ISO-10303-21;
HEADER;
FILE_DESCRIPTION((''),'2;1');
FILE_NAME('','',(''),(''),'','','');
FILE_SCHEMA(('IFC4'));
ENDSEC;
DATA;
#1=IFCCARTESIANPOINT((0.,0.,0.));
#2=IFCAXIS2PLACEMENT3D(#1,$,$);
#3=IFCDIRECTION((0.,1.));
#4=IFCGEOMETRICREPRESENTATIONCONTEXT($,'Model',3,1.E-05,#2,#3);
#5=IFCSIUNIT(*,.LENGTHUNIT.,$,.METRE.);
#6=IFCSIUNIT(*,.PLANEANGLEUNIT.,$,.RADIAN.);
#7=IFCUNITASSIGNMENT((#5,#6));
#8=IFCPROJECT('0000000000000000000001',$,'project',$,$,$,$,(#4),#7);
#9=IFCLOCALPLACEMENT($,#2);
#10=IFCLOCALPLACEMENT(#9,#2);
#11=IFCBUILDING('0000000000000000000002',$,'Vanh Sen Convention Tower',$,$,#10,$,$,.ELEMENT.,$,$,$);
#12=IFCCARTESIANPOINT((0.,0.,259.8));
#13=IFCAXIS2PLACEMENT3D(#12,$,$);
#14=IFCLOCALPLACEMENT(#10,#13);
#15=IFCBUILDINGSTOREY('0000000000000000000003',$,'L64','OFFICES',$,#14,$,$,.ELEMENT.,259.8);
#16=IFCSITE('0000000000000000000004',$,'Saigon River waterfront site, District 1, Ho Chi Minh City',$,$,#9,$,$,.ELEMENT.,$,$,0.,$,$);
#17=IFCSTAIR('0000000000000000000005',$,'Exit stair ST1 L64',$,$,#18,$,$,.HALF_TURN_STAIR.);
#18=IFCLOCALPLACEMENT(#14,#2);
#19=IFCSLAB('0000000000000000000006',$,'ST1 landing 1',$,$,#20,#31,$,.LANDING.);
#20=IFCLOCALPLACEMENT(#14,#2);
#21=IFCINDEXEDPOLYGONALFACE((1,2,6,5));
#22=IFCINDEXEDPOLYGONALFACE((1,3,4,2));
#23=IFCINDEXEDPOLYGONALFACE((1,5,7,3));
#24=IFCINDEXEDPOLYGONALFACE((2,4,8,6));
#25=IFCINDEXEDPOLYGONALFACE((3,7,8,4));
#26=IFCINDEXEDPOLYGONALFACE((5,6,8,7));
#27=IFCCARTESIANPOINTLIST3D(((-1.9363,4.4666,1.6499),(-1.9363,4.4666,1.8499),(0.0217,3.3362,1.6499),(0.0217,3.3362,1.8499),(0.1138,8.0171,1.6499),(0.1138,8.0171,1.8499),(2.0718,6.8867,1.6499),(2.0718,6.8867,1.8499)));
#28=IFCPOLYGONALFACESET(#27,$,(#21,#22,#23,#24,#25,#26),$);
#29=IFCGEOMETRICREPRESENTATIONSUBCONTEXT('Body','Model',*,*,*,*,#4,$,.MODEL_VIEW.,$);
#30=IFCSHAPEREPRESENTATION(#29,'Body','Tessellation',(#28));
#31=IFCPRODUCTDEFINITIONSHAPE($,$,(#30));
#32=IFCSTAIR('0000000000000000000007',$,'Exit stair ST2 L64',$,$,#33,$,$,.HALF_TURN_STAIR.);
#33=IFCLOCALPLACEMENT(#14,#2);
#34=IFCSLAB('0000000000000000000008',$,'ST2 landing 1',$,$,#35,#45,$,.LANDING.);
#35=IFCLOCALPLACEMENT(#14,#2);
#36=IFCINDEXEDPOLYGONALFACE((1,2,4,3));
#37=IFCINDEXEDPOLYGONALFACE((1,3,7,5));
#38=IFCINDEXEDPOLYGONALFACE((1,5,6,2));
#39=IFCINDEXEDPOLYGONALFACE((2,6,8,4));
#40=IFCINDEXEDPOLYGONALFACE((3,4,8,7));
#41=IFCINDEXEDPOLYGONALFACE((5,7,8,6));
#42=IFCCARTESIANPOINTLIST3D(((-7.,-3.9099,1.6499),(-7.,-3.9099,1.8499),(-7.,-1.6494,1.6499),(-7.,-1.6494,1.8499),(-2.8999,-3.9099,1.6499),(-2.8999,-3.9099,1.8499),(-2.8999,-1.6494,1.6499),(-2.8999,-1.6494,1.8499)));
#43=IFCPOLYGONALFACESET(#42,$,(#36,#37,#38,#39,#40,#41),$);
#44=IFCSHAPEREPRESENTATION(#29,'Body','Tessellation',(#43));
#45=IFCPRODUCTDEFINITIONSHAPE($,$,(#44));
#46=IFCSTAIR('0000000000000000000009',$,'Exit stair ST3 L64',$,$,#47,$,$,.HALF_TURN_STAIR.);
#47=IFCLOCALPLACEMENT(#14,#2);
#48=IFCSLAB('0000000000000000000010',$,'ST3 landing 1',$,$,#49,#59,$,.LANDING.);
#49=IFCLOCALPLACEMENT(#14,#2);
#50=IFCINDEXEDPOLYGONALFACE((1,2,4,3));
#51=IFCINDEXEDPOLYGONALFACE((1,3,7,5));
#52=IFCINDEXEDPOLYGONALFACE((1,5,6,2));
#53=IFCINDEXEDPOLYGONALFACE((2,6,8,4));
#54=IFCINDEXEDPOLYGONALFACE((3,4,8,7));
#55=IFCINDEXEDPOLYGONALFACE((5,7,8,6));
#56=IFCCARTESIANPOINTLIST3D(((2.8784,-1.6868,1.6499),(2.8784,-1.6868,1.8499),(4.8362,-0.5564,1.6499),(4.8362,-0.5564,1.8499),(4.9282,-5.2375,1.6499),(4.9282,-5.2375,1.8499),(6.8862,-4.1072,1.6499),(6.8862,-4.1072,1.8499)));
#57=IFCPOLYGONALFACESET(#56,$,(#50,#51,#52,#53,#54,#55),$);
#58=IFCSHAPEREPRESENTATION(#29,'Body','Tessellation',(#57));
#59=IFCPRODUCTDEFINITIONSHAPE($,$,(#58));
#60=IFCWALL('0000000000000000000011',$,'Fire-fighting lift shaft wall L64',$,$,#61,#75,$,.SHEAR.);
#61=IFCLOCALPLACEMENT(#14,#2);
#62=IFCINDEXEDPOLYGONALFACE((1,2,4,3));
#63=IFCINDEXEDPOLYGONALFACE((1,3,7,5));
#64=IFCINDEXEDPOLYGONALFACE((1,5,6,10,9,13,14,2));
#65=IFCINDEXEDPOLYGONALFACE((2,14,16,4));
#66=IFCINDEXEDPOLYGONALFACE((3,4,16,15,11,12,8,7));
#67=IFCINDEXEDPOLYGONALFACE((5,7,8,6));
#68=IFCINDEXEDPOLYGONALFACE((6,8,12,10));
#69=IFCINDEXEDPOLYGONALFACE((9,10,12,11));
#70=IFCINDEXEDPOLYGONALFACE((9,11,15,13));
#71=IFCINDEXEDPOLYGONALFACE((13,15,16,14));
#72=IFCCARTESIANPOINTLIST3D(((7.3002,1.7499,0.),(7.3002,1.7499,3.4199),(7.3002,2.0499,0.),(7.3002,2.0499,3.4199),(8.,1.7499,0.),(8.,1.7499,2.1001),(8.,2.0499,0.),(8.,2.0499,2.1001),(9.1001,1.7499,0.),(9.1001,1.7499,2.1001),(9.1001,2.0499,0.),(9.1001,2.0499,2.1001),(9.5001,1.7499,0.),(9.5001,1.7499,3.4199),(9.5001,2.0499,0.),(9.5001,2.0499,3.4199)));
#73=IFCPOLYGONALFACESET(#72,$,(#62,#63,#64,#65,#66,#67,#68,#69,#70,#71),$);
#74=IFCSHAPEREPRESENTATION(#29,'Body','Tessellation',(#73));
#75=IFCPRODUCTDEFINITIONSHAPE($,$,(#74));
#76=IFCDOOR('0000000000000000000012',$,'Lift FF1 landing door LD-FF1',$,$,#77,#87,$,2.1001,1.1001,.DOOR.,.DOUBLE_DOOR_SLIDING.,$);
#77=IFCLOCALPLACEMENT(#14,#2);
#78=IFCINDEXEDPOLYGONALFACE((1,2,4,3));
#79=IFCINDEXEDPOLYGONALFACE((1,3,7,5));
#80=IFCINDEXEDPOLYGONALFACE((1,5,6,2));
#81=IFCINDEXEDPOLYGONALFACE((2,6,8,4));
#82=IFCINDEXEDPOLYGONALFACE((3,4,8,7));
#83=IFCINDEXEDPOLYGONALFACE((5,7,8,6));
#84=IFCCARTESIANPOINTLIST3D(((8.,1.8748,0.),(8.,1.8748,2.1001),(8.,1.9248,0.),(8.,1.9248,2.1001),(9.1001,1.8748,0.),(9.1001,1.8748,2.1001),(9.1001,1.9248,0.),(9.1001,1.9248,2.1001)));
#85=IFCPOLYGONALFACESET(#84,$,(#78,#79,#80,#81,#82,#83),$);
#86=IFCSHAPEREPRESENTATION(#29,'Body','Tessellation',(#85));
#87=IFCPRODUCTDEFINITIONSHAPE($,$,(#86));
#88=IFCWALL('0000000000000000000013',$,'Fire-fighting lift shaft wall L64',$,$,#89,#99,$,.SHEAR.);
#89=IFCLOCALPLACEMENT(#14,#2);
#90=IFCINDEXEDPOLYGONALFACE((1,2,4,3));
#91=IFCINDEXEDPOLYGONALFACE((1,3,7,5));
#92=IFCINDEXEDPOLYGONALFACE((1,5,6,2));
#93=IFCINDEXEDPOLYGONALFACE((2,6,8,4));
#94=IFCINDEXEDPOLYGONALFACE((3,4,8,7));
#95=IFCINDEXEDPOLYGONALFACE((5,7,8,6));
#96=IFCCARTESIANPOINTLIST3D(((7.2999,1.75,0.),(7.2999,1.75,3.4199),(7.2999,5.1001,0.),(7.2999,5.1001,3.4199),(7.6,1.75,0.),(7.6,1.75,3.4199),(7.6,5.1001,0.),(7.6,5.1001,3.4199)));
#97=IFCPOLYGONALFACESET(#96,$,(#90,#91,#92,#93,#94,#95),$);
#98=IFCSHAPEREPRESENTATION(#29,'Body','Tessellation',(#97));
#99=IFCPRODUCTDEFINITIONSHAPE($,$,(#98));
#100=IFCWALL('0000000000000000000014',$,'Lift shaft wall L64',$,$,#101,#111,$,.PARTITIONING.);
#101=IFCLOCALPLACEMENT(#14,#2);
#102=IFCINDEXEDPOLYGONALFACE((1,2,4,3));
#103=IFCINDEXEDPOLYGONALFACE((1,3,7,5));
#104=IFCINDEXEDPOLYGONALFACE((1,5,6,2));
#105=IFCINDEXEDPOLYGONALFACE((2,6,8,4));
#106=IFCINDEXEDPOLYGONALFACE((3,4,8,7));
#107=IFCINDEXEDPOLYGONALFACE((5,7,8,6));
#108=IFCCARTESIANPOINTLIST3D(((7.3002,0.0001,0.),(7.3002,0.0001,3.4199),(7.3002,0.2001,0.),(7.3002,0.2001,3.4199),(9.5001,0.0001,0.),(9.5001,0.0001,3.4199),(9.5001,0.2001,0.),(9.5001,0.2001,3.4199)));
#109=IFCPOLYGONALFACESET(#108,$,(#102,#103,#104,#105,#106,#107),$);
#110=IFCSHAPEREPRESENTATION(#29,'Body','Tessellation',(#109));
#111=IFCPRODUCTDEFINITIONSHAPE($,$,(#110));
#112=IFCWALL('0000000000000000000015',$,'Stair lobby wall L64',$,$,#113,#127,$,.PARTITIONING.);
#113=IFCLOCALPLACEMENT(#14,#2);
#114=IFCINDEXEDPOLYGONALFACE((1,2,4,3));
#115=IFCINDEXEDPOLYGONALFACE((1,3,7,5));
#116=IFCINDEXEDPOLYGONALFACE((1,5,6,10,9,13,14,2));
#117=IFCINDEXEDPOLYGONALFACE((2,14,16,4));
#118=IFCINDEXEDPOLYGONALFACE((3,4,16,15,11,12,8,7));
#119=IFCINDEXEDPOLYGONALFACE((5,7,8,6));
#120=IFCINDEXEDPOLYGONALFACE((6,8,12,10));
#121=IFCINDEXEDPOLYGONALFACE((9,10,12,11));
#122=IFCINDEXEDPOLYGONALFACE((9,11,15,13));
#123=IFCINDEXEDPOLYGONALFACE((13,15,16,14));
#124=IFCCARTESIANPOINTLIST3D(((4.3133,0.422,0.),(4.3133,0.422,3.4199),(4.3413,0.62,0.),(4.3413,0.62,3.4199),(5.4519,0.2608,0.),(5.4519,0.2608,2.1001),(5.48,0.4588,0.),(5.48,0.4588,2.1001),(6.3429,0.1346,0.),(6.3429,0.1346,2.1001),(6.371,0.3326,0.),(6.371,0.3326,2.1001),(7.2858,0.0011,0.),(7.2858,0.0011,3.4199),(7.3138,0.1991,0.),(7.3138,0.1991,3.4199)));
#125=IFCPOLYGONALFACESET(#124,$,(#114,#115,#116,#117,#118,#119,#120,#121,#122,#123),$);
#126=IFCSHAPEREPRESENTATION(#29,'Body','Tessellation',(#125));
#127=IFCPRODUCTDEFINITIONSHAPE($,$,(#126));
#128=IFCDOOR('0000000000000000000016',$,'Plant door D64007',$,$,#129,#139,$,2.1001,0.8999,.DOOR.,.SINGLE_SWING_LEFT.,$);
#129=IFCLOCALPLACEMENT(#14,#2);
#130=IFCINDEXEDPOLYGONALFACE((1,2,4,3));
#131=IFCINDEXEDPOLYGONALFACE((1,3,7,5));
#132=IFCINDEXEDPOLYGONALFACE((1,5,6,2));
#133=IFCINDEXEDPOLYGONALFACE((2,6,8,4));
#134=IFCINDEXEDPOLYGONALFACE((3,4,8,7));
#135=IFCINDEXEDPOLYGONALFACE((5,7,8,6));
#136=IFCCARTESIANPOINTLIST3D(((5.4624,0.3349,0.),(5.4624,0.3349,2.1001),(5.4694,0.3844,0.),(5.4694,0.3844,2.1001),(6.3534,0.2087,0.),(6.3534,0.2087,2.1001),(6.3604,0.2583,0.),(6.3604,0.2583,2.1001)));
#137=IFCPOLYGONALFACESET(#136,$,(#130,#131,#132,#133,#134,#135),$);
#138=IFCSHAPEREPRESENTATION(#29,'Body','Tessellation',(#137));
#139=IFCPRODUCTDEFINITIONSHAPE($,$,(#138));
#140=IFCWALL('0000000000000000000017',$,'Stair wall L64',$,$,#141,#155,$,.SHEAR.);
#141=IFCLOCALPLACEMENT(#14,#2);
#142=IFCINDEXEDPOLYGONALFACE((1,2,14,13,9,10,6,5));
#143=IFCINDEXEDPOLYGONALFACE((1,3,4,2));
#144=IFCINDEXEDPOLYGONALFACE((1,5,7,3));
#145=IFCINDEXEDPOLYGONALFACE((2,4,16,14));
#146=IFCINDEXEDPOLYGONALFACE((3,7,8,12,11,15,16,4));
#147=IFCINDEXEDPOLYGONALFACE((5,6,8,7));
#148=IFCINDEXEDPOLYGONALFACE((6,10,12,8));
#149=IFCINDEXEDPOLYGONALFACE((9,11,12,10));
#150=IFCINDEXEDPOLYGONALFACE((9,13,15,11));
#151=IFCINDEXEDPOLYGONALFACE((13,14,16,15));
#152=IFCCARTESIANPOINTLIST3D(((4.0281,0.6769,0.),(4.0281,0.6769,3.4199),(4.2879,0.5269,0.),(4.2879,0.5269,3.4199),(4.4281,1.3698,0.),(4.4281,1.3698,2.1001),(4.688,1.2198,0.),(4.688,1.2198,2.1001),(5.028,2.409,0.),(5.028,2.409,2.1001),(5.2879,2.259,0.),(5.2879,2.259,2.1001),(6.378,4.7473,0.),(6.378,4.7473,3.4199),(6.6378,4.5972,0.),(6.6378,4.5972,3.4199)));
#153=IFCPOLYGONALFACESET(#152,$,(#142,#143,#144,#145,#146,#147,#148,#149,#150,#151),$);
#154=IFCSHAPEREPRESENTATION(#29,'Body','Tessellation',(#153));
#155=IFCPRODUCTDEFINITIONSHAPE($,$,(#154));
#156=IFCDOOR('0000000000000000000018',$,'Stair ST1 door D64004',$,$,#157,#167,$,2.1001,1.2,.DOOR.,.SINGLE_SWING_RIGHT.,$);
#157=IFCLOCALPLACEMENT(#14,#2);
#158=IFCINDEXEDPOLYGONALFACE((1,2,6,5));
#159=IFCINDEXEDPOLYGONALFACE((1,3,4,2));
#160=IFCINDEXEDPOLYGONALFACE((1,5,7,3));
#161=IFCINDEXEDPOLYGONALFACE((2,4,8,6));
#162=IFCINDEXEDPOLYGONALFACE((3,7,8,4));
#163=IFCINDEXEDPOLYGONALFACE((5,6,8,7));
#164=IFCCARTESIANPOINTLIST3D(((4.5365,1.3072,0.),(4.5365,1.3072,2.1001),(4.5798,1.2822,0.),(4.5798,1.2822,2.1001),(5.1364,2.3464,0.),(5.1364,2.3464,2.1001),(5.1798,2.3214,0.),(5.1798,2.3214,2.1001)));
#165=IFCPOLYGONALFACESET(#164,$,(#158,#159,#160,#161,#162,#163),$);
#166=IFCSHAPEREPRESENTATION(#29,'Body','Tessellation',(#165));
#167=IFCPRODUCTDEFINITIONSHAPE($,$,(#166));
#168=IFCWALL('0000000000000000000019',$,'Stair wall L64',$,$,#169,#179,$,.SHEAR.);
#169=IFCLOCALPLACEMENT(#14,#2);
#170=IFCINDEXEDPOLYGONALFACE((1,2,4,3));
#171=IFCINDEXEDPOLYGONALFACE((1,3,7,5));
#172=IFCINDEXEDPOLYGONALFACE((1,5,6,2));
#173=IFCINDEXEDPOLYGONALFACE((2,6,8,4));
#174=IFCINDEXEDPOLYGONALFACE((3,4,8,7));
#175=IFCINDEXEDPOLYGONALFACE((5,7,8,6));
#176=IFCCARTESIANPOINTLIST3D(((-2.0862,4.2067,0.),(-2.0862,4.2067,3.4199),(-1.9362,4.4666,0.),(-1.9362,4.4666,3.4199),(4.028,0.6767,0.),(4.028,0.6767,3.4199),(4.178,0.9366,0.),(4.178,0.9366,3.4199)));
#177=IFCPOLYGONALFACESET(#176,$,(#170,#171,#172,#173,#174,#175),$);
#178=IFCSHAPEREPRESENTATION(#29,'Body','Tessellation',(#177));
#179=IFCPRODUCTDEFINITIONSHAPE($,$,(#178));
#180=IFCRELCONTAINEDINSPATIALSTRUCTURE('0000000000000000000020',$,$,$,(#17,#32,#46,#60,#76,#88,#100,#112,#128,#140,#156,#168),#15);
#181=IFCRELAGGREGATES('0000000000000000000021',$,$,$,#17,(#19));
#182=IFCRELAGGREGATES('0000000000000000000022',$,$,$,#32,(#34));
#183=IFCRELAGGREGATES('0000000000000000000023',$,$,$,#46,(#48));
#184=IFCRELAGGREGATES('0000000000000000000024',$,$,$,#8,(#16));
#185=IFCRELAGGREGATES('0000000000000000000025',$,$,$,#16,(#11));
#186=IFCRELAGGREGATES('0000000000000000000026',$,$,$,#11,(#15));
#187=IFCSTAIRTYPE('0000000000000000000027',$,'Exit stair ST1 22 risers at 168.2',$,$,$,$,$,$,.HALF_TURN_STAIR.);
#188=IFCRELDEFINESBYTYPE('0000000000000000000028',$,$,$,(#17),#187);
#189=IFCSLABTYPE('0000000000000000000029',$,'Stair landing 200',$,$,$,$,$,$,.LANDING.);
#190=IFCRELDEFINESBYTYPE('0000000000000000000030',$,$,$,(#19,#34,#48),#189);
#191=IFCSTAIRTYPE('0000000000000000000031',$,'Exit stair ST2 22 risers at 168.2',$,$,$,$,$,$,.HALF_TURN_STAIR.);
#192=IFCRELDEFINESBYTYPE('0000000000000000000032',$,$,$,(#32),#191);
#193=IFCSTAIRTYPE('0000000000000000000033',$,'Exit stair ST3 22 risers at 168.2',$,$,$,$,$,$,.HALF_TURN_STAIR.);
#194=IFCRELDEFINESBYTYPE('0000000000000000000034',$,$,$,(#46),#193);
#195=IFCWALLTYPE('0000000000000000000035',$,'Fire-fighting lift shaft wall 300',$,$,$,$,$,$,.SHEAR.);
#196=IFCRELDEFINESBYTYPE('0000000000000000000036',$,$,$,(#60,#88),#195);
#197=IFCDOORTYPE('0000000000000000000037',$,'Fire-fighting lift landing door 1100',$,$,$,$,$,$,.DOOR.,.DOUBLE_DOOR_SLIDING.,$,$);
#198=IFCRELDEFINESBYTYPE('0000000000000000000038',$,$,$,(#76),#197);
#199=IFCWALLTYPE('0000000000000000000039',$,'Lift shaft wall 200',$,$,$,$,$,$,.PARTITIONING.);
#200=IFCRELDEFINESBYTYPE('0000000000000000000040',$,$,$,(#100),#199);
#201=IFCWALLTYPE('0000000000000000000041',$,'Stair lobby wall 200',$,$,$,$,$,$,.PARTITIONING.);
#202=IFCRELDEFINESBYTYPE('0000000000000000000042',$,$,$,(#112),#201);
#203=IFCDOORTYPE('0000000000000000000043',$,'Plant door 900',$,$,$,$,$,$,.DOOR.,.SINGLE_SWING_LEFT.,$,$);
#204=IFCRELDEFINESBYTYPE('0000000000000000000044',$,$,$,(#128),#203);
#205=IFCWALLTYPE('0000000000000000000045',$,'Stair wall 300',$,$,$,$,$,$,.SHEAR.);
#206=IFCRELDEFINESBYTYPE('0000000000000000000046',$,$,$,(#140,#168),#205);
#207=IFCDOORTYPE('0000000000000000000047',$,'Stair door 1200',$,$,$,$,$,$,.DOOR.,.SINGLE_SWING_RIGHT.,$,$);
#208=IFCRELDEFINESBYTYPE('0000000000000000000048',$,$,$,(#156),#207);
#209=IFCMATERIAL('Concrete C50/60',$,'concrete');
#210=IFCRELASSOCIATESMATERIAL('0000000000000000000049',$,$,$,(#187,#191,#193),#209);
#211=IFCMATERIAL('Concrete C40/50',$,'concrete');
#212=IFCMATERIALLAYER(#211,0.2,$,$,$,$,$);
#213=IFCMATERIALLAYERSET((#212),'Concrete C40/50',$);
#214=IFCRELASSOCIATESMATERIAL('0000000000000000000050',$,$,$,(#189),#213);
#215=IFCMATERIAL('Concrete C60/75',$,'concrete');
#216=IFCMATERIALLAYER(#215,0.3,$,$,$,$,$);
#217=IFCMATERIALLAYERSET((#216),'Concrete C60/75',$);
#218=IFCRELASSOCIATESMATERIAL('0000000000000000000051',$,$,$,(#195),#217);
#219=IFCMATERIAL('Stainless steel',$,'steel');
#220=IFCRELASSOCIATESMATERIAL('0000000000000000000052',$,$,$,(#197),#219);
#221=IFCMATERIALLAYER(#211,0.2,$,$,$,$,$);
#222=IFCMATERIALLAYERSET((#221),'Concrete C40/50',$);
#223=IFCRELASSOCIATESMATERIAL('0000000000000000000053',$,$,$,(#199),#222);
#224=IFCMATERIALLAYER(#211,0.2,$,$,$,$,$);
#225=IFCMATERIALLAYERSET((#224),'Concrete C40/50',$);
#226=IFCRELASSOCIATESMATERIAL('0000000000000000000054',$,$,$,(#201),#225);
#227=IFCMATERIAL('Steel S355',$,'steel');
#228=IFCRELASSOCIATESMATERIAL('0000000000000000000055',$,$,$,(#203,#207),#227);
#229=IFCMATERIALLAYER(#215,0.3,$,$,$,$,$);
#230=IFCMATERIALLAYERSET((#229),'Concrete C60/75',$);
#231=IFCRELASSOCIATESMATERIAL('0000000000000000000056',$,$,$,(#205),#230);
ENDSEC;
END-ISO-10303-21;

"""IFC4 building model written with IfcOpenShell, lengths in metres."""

from ifc_helpers import new_model, si_unit, direction, frame, frame_2d, origin, place, context, subcontext, project, spatial, polyline, rectangle, outline, extrude, material, layer, layer_set, type_object, element, fill, aggregate, save


model = new_model("IFC4")

# Units and contexts
model_context = context("Model", 3, precision=1e-05, world=origin(), true_north=direction((0.0, 1.0)))
body_context = subcontext(model_context, "Body", "Model", "MODEL_VIEW")
ifc_project = project(units=[si_unit("LENGTHUNIT", "METRE"), si_unit("PLANEANGLEUNIT", "RADIAN")], contexts=[model_context])

# Site, building, storey
site_placement = place(None, origin())
site = spatial("IfcSite", under=ifc_project, at=site_placement, Name="Saigon River waterfront site, District 1, Ho Chi Minh City", CompositionType="ELEMENT", RefElevation=0.0)
building_placement = place(site_placement, origin())
building = spatial("IfcBuilding", under=site, at=building_placement, Name="Vanh Sen Convention Tower", CompositionType="ELEMENT")
storey_placement = place(building_placement, frame((0.0, 0.0, 259.8)))
storey = spatial("IfcBuildingStorey", under=building, at=storey_placement, Name="L64", Description="OFFICES", CompositionType="ELEMENT", Elevation=259.8)

# Stairs, slabs
ifc_material_1 = material(Name="Concrete C50/60", Category="concrete")
stair_type_1 = type_object("IfcStairType", Name="Exit stair ST1 22 risers at 168.2", PredefinedType="HALF_TURN_STAIR", material=ifc_material_1)
stair_1_placement = place(storey_placement, origin())
stair_1 = element("IfcStair", 1, at=stair_1_placement, inside=storey, type_object=stair_type_1, Name="Exit stair ST1 L64", PredefinedType="HALF_TURN_STAIR")
ifc_material_2 = material(Name="Concrete C40/50", Category="concrete")
ifc_layer_1 = layer(ifc_material_2, 0.2)
ifc_layer_set_1 = layer_set([ifc_layer_1], Name="Concrete C40/50")
slab_type = type_object("IfcSlabType", Name="Stair landing 200", PredefinedType="LANDING", material=ifc_layer_set_1)
slab_1_placement = place(storey_placement, frame((0.0, 0.0, 1.6499)))
slab_1 = element("IfcSlab", 2, at=slab_1_placement, type_object=slab_type, Name="ST1 landing 1", PredefinedType="LANDING", context=body_context, shape_type="SweptSolid", body=[
    extrude(outline(polyline([(2.0718, 6.8867), (0.1138, 8.0171), (-1.9363, 4.4666), (0.0217, 3.3362), (2.0718, 6.8867)])), origin(), (0.0, 0.0, 1.0), 0.2),
])
aggregate(stair_1, [slab_1])
stair_type_2 = type_object("IfcStairType", Name="Exit stair ST2 22 risers at 168.2", PredefinedType="HALF_TURN_STAIR", material=ifc_material_1)
stair_2_placement = place(storey_placement, origin())
stair_2 = element("IfcStair", 3, at=stair_2_placement, inside=storey, type_object=stair_type_2, Name="Exit stair ST2 L64", PredefinedType="HALF_TURN_STAIR")
slab_2_placement = place(storey_placement, frame((0.0, 0.0, 1.6499)))
slab_2 = element("IfcSlab", 4, at=slab_2_placement, type_object=slab_type, Name="ST2 landing 1", PredefinedType="LANDING", context=body_context, shape_type="SweptSolid", body=[
    extrude(outline(polyline([(-7.0, -1.6494), (-7.0, -3.9099), (-2.8999, -3.9099), (-2.8999, -1.6494), (-7.0, -1.6494)])), origin(), (0.0, 0.0, 1.0), 0.2),
])
aggregate(stair_2, [slab_2])
stair_type_3 = type_object("IfcStairType", Name="Exit stair ST3 22 risers at 168.2", PredefinedType="HALF_TURN_STAIR", material=ifc_material_1)
stair_3_placement = place(storey_placement, origin())
stair_3 = element("IfcStair", 5, at=stair_3_placement, inside=storey, type_object=stair_type_3, Name="Exit stair ST3 L64", PredefinedType="HALF_TURN_STAIR")
slab_3_placement = place(storey_placement, frame((0.0, 0.0, 1.6499)))
slab_3 = element("IfcSlab", 6, at=slab_3_placement, type_object=slab_type, Name="ST3 landing 1", PredefinedType="LANDING", context=body_context, shape_type="SweptSolid", body=[
    extrude(outline(polyline([(4.9282, -5.2375), (6.8862, -4.1072), (4.8362, -0.5564), (2.8784, -1.6868), (4.9282, -5.2375)])), origin(), (0.0, 0.0, 1.0), 0.2),
])
aggregate(stair_3, [slab_3])

# Wall, opening, door
ifc_material_3 = material(Name="Concrete C60/75", Category="concrete")
ifc_layer_2 = layer(ifc_material_3, 0.3)
ifc_layer_set_2 = layer_set([ifc_layer_2], Name="Concrete C60/75")
wall_type_1 = type_object("IfcWallType", Name="Fire-fighting lift shaft wall 300", PredefinedType="SHEAR", material=ifc_layer_set_2)
wall_1_placement = place(storey_placement, frame((7.3, 1.8999, 0.0), z_axis=(0.0, 0.0, 1.0), x_axis=(1.0, 0.0, 0.0)))
wall_1 = element("IfcWall", 7, at=wall_1_placement, inside=storey, type_object=wall_type_1, Name="Fire-fighting lift shaft wall L64", PredefinedType="SHEAR", context=body_context, shape_type="SweptSolid", body=[
    extrude(rectangle(XDim=2.2, YDim=0.3, at=frame_2d((1.1001, 0.0))), origin(), (0.0, 0.0, 1.0), 3.4199),
])
opening_1_placement = place(wall_1_placement, frame((0.7, 0.0, 0.0)))
opening_1 = element("IfcOpeningElement", 8, at=opening_1_placement, cuts=wall_1, PredefinedType="OPENING", context=body_context, shape_type="SweptSolid", body=[
    extrude(rectangle(XDim=1.1001, YDim=2.1001, at=frame_2d((0.55, 1.05))), frame((0.0, 0.1599, 0.0), z_axis=(0.0, -1.0, 0.0), x_axis=(1.0, 0.0, 0.0)), (0.0, 0.0, 1.0), 0.3201),
])
ifc_material_4 = material(Name="Stainless steel", Category="steel")
door_type_1 = type_object("IfcDoorType", Name="Fire-fighting lift landing door 1100", OperationType="DOUBLE_DOOR_SLIDING", PredefinedType="DOOR", material=ifc_material_4)
door_1_placement = place(opening_1_placement, origin())
door_1 = element("IfcDoor", 9, at=door_1_placement, inside=storey, type_object=door_type_1, Name="Lift FF1 landing door LD-FF1", OperationType="DOUBLE_DOOR_SLIDING", OverallHeight=2.1001, OverallWidth=1.1001, PredefinedType="DOOR", context=body_context, shape_type="SweptSolid", body=[
    extrude(rectangle(XDim=1.1001, YDim=2.1001, at=frame_2d((0.55, 1.05))), frame((0.0, 0.0249, 0.0), z_axis=(0.0, -1.0, 0.0), x_axis=(1.0, 0.0, 0.0)), (0.0, 0.0, 1.0), 0.05),
])
fill(opening_1, door_1)

# Walls
wall_2_placement = place(storey_placement, frame((7.45, 1.75, 0.0), z_axis=(0.0, 0.0, 1.0), x_axis=(0.0, 1.0, 0.0)))
element("IfcWall", 10, at=wall_2_placement, inside=storey, type_object=wall_type_1, Name="Fire-fighting lift shaft wall L64", PredefinedType="SHEAR", context=body_context, shape_type="SweptSolid", body=[
    extrude(rectangle(XDim=3.3501, YDim=0.3, at=frame_2d((1.675, 0.0))), origin(), (0.0, 0.0, 1.0), 3.4199),
])
ifc_layer_3 = layer(ifc_material_2, 0.2)
ifc_layer_set_3 = layer_set([ifc_layer_3], Name="Concrete C40/50")
wall_type_2 = type_object("IfcWallType", Name="Lift shaft wall 200", PredefinedType="PARTITIONING", material=ifc_layer_set_3)
wall_3_placement = place(storey_placement, frame((7.3, 0.1001, 0.0), z_axis=(0.0, 0.0, 1.0), x_axis=(1.0, 0.0, 0.0)))
element("IfcWall", 11, at=wall_3_placement, inside=storey, type_object=wall_type_2, Name="Lift shaft wall L64", PredefinedType="PARTITIONING", context=body_context, shape_type="SweptSolid", body=[
    extrude(rectangle(XDim=2.2, YDim=0.2, at=frame_2d((1.1001, 0.0))), origin(), (0.0, 0.0, 1.0), 3.4199),
])

# Walls, openings, doors
ifc_layer_4 = layer(ifc_material_2, 0.2)
ifc_layer_set_4 = layer_set([ifc_layer_4], Name="Concrete C40/50")
wall_type_3 = type_object("IfcWallType", Name="Stair lobby wall 200", PredefinedType="PARTITIONING", material=ifc_layer_set_4)
wall_4_placement = place(storey_placement, frame((4.3274, 0.521, 0.0), z_axis=(0.0, 0.0, 1.0), x_axis=(0.990124, -0.140192, 0.0)))
wall_4 = element("IfcWall", 12, at=wall_4_placement, inside=storey, type_object=wall_type_3, Name="Stair lobby wall L64", PredefinedType="PARTITIONING", context=body_context, shape_type="SweptSolid", body=[
    extrude(rectangle(XDim=3.0022, YDim=0.2, at=frame_2d((1.501, 0.0))), origin(), (0.0, 0.0, 1.0), 3.4199),
])
opening_2_placement = place(wall_4_placement, frame((1.1499, 0.0, 0.0)))
opening_2 = element("IfcOpeningElement", 13, at=opening_2_placement, cuts=wall_4, PredefinedType="OPENING", context=body_context, shape_type="SweptSolid", body=[
    extrude(rectangle(XDim=0.8999, YDim=2.1001, at=frame_2d((0.45, 1.05))), frame((0.0, 0.1099, 0.0), z_axis=(0.0, -1.0, 0.0), x_axis=(1.0, 0.0, 0.0)), (0.0, 0.0, 1.0), 0.22),
])
ifc_material_5 = material(Name="Steel S355", Category="steel")
door_type_2 = type_object("IfcDoorType", Name="Plant door 900", OperationType="SINGLE_SWING_LEFT", PredefinedType="DOOR", material=ifc_material_5)
door_2_placement = place(opening_2_placement, origin())
door_2 = element("IfcDoor", 14, at=door_2_placement, inside=storey, type_object=door_type_2, Name="Plant door D64007", OperationType="SINGLE_SWING_LEFT", OverallHeight=2.1001, OverallWidth=0.8999, PredefinedType="DOOR", context=body_context, shape_type="SweptSolid", body=[
    extrude(rectangle(XDim=0.8999, YDim=2.1001, at=frame_2d((0.45, 1.05))), frame((0.0, 0.0249, 0.0), z_axis=(0.0, -1.0, 0.0), x_axis=(1.0, 0.0, 0.0)), (0.0, 0.0, 1.0), 0.05),
])
fill(opening_2, door_2)
ifc_layer_5 = layer(ifc_material_3, 0.3)
ifc_layer_set_5 = layer_set([ifc_layer_5], Name="Concrete C60/75")
wall_type_4 = type_object("IfcWallType", Name="Stair wall 300", PredefinedType="SHEAR", material=ifc_layer_set_5)
wall_5_placement = place(storey_placement, frame((4.158, 0.6018, 0.0), z_axis=(0.0, 0.0, 1.0), x_axis=(0.499977, 0.866039, 0.0)))
wall_5 = element("IfcWall", 15, at=wall_5_placement, inside=storey, type_object=wall_type_4, Name="Stair wall L64", PredefinedType="SHEAR", context=body_context, shape_type="SweptSolid", body=[
    extrude(rectangle(XDim=4.7, YDim=0.3, at=frame_2d((2.3501, 0.0))), origin(), (0.0, 0.0, 1.0), 3.4199),
])
opening_3_placement = place(wall_5_placement, frame((0.8, 0.0, 0.0)))
opening_3 = element("IfcOpeningElement", 16, at=opening_3_placement, cuts=wall_5, PredefinedType="OPENING", context=body_context, shape_type="SweptSolid", body=[
    extrude(rectangle(XDim=1.2, YDim=2.1001, at=frame_2d((0.6001, 1.05))), frame((0.0, 0.1599, 0.0), z_axis=(0.0, -1.0, 0.0), x_axis=(1.0, 0.0, 0.0)), (0.0, 0.0, 1.0), 0.3201),
])
door_type_3 = type_object("IfcDoorType", Name="Stair door 1200", OperationType="SINGLE_SWING_RIGHT", PredefinedType="DOOR", material=ifc_material_5)
door_3_placement = place(opening_3_placement, origin())
door_3 = element("IfcDoor", 17, at=door_3_placement, inside=storey, type_object=door_type_3, Name="Stair ST1 door D64004", OperationType="SINGLE_SWING_RIGHT", OverallHeight=2.1001, OverallWidth=1.2, PredefinedType="DOOR", context=body_context, shape_type="SweptSolid", body=[
    extrude(rectangle(XDim=1.2, YDim=2.1001, at=frame_2d((0.6001, 1.05))), frame((0.0, 0.0249, 0.0), z_axis=(0.0, -1.0, 0.0), x_axis=(1.0, 0.0, 0.0)), (0.0, 0.0, 1.0), 0.05),
])
fill(opening_3, door_3)

# Wall
wall_6_placement = place(storey_placement, frame((4.103, 0.8066, 0.0), z_axis=(0.0, 0.0, 1.0), x_axis=(-0.866028, 0.499996, 0.0)))
element("IfcWall", 18, at=wall_6_placement, inside=storey, type_object=wall_type_4, Name="Stair wall L64", PredefinedType="SHEAR", context=body_context, shape_type="SweptSolid", body=[
    extrude(rectangle(XDim=7.0601, YDim=0.3, at=frame_2d((3.53, 0.0))), origin(), (0.0, 0.0, 1.0), 3.4199),
])

save(model, "model.ifc")
